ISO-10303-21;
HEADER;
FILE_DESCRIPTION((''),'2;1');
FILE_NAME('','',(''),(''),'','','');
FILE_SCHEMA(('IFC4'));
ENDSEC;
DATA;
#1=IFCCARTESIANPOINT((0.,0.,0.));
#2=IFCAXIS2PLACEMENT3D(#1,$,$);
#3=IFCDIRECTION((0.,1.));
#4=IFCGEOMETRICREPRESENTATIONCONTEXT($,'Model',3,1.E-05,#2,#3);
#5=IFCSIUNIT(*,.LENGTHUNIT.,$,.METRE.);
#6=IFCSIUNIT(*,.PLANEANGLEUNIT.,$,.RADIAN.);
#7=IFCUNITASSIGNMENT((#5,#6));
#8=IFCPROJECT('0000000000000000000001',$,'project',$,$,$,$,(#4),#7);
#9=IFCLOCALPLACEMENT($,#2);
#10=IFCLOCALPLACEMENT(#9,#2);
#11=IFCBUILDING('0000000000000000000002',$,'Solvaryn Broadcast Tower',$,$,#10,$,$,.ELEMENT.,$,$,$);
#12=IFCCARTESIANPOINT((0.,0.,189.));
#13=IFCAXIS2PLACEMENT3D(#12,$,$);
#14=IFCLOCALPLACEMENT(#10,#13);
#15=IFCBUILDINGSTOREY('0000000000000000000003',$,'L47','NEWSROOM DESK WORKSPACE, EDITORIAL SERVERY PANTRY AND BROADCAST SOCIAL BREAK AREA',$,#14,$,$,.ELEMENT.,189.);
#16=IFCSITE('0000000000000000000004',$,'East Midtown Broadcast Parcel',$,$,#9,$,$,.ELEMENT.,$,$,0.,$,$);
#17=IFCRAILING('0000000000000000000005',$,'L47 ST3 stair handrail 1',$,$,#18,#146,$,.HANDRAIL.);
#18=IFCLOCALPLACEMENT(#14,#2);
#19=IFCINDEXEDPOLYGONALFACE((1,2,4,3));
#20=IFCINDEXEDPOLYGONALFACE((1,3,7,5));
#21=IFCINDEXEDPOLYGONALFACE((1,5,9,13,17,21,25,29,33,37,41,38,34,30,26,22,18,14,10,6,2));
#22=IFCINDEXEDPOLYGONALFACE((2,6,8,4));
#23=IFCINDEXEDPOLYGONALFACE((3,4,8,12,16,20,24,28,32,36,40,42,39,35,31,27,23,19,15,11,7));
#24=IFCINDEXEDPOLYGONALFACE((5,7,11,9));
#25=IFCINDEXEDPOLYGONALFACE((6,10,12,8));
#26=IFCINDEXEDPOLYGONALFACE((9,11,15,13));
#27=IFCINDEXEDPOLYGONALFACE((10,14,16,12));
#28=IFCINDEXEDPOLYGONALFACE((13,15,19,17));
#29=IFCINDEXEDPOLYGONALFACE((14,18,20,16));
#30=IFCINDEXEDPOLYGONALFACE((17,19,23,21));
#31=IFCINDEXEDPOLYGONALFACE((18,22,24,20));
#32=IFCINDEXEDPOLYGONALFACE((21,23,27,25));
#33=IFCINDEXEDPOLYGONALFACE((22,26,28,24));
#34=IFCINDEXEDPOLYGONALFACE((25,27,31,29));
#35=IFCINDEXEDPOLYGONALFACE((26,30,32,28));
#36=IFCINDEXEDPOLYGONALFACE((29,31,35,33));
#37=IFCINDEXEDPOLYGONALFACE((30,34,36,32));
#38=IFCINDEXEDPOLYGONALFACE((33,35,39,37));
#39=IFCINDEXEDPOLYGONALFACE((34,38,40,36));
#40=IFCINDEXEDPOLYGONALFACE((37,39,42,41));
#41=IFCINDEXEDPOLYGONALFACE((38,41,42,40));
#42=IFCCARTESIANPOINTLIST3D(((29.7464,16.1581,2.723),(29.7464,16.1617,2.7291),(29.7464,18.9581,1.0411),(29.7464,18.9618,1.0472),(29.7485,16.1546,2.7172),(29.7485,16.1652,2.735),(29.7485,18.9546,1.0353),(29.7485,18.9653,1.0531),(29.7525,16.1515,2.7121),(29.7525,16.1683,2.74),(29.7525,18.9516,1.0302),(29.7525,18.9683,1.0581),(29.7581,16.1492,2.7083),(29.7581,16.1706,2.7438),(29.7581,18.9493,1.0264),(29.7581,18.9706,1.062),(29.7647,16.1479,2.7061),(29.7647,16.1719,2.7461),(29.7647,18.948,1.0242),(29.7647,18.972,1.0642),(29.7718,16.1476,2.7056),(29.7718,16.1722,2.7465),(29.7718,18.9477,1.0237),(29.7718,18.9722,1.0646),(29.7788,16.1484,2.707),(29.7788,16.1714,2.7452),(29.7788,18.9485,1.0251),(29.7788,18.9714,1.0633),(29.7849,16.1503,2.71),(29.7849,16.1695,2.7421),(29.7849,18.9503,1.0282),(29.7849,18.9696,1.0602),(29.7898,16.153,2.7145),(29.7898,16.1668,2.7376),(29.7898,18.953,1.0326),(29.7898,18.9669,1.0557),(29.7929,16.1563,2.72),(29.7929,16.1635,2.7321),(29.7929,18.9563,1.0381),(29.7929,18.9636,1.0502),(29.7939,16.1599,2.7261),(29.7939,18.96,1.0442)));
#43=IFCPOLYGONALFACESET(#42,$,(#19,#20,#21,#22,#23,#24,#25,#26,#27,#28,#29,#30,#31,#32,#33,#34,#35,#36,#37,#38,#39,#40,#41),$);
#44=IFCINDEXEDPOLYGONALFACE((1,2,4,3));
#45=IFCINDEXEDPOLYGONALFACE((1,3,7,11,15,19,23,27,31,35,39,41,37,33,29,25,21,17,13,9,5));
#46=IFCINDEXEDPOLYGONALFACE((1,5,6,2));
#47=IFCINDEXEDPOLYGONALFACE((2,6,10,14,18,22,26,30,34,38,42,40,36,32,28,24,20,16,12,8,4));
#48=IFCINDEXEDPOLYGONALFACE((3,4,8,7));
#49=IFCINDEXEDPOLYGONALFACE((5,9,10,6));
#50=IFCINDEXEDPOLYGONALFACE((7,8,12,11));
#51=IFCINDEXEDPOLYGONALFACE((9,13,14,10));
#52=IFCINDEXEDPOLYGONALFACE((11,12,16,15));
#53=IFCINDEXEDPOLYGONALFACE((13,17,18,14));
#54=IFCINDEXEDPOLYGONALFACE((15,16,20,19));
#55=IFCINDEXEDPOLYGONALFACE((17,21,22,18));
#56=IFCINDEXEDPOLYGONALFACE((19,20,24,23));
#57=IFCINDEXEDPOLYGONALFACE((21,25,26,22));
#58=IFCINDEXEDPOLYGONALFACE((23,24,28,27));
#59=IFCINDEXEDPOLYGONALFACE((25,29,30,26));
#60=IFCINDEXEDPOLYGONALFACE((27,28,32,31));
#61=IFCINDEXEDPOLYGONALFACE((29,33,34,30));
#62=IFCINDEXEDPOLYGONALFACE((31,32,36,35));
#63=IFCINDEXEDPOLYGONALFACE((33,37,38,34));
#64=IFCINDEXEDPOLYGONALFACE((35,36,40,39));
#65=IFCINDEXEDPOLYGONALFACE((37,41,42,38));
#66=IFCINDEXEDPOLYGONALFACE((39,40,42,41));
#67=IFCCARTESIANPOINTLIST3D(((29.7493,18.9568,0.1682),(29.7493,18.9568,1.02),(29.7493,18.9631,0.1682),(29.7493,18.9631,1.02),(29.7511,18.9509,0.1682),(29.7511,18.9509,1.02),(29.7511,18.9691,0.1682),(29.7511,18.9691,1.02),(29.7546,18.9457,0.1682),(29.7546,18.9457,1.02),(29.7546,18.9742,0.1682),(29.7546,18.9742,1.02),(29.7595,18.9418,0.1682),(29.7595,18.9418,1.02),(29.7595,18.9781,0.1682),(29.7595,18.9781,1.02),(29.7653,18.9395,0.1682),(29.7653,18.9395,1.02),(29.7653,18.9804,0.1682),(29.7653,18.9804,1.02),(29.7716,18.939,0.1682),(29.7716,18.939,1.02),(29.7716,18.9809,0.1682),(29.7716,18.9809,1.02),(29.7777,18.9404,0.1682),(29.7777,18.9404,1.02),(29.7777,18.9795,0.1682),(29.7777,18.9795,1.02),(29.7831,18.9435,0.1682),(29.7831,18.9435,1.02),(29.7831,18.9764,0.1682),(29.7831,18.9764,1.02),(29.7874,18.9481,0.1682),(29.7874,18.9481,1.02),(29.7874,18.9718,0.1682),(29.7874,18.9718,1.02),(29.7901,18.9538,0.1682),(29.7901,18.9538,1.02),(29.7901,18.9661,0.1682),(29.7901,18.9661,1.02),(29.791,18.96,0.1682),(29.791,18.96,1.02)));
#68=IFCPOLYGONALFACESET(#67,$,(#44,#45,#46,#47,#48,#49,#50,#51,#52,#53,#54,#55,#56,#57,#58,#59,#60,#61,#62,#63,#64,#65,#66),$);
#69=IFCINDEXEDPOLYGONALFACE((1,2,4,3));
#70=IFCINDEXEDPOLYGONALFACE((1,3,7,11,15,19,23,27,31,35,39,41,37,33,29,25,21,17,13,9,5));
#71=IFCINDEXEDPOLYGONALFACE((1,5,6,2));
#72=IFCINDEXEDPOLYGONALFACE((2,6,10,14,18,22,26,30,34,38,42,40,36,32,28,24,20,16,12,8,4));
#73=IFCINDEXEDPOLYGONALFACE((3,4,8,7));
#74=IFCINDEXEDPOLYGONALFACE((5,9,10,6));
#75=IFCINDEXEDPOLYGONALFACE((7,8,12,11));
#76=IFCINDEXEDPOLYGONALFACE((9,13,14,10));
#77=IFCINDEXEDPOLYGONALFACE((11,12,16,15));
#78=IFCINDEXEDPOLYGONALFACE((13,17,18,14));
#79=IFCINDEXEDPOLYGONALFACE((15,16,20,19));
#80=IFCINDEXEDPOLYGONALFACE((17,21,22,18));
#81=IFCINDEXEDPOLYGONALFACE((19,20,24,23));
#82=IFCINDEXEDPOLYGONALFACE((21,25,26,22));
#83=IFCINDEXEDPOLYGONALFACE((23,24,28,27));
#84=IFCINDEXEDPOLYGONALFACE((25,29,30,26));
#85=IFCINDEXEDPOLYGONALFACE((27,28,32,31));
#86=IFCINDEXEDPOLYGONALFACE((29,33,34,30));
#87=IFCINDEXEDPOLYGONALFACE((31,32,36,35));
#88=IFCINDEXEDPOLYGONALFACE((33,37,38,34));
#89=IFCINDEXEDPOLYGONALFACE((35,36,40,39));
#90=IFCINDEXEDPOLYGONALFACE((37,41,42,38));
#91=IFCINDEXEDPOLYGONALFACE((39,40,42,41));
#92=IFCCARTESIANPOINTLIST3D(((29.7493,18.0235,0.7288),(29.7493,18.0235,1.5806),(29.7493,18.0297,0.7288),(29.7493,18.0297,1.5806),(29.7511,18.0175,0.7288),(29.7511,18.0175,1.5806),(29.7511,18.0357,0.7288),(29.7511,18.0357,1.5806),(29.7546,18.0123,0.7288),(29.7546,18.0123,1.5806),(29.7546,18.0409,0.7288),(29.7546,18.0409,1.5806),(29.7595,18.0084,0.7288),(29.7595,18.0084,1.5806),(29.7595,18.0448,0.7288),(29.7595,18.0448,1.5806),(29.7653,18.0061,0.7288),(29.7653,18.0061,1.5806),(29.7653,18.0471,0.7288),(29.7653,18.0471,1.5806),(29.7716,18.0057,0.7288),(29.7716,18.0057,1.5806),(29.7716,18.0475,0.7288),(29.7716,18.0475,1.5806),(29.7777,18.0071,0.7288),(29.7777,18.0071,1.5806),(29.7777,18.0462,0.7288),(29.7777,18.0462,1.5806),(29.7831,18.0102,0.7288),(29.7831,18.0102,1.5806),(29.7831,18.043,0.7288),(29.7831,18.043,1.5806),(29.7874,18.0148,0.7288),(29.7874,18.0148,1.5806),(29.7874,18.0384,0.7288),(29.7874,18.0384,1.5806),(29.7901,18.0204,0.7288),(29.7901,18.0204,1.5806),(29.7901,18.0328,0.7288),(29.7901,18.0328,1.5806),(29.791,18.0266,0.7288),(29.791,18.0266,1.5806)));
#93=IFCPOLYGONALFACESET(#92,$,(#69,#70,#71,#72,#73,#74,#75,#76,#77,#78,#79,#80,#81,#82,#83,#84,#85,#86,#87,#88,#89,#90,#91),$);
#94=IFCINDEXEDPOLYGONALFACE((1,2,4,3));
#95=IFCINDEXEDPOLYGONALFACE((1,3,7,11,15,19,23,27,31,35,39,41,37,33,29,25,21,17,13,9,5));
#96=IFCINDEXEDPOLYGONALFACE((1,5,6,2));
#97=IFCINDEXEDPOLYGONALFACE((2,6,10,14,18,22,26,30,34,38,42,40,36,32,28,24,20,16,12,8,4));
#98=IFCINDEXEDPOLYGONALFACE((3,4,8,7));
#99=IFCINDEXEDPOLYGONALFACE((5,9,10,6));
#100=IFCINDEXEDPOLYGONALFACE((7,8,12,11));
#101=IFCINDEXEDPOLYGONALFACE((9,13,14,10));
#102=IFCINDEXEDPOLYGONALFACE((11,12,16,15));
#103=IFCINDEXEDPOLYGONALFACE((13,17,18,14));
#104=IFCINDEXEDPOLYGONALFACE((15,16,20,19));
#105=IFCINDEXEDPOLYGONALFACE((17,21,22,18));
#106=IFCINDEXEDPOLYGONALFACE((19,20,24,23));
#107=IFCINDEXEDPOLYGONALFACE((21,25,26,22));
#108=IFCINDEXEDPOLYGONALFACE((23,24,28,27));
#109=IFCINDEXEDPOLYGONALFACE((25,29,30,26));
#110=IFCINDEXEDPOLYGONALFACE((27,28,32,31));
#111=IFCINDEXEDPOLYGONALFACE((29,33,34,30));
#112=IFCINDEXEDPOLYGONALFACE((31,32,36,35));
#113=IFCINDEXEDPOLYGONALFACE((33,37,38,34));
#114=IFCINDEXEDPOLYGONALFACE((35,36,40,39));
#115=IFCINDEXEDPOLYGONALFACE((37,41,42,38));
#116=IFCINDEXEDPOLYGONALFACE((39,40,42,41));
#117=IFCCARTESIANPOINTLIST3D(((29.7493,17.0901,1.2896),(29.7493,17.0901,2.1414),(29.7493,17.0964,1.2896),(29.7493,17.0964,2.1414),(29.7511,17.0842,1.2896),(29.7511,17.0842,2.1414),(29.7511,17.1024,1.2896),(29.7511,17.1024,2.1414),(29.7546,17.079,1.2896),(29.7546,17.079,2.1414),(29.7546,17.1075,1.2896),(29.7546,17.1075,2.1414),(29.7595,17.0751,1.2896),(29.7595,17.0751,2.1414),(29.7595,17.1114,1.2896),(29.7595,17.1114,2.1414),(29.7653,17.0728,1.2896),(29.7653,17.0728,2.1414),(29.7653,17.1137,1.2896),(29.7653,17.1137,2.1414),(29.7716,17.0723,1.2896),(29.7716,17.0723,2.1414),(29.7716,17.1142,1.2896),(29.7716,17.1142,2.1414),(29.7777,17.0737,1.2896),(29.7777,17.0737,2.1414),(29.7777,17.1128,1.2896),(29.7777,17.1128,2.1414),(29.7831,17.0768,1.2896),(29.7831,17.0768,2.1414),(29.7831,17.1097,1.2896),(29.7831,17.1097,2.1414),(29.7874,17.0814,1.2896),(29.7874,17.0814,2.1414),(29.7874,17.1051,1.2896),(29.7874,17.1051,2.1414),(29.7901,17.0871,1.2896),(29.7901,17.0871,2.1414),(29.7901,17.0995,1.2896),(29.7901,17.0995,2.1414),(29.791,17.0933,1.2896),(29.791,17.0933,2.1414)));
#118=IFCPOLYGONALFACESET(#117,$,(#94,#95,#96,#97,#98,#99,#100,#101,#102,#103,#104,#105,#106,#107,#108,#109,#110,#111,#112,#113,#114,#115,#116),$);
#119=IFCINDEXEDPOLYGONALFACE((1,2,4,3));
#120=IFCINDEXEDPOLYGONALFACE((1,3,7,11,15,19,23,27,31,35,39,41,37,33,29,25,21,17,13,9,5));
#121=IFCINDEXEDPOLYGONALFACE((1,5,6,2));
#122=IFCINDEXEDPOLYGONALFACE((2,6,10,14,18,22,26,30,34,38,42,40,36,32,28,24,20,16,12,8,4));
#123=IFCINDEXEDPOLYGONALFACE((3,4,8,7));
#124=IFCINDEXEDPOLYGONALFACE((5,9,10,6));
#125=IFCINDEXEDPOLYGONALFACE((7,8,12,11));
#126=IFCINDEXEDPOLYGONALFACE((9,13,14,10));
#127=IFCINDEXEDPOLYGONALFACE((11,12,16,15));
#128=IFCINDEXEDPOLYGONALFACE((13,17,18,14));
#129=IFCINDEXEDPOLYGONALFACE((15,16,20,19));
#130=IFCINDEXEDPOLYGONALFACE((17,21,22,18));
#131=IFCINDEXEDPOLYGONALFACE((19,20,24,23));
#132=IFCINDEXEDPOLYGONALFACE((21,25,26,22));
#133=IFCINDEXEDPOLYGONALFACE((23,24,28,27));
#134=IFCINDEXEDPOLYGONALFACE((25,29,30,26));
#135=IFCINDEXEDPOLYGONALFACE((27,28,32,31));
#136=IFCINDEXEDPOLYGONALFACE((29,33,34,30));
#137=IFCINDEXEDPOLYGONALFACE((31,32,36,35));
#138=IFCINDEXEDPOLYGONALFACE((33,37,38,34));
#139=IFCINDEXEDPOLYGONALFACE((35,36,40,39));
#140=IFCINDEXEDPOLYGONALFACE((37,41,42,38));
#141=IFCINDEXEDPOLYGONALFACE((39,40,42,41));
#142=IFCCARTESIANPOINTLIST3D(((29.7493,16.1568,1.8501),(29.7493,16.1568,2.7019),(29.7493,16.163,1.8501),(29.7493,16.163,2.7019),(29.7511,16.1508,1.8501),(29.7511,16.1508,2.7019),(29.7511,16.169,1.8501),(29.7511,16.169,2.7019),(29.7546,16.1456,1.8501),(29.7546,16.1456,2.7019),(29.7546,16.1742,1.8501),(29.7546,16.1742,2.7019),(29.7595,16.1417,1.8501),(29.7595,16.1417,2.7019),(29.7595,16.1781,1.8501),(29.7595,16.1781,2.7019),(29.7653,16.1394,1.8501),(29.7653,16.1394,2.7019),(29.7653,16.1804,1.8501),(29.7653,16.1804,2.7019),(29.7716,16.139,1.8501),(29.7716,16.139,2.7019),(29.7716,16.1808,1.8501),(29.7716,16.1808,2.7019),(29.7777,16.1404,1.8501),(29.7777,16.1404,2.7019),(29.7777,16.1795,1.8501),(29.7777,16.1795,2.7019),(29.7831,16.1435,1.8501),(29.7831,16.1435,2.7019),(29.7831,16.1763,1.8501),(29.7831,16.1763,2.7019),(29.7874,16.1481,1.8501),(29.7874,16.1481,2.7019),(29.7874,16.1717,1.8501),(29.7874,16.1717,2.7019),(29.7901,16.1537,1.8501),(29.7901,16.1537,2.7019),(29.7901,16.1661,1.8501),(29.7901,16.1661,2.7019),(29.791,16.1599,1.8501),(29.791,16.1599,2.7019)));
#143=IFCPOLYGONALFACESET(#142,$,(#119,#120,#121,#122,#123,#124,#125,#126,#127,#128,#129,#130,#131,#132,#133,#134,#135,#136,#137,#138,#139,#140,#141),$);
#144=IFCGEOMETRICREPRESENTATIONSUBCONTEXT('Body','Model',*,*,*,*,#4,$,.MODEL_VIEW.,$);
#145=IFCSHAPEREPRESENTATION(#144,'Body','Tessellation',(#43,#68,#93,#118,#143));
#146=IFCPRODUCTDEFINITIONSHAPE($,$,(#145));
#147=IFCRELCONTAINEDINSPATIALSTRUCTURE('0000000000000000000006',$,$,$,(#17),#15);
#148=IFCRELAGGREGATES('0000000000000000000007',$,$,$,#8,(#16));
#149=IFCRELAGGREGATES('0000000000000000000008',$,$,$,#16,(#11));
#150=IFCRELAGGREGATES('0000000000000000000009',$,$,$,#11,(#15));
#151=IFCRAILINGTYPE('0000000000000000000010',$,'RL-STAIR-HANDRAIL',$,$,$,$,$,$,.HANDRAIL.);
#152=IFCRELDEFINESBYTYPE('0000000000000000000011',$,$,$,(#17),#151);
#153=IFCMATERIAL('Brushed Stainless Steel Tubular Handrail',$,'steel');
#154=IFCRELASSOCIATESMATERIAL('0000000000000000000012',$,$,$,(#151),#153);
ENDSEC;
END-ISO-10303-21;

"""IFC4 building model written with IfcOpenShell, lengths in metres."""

from ifc_helpers import new_model, si_unit, direction, frame, origin, origin_2d, place, context, subcontext, project, spatial, circle, extrude, material, type_object, element, save


model = new_model("IFC4")

# Units and contexts
model_context = context("Model", 3, precision=1e-05, world=origin(), true_north=direction((0.0, 1.0)))
body_context = subcontext(model_context, "Body", "Model", "MODEL_VIEW")
ifc_project = project(units=[si_unit("LENGTHUNIT", "METRE"), si_unit("PLANEANGLEUNIT", "RADIAN")], contexts=[model_context])

# Site, building, storey
site_placement = place(None, origin())
site = spatial("IfcSite", under=ifc_project, at=site_placement, Name="East Midtown Broadcast Parcel", CompositionType="ELEMENT", RefElevation=0.0)
building_placement = place(site_placement, origin())
building = spatial("IfcBuilding", under=site, at=building_placement, Name="Solvaryn Broadcast Tower", CompositionType="ELEMENT")
storey_placement = place(building_placement, frame((0.0, 0.0, 189.0)))
storey = spatial("IfcBuildingStorey", under=building, at=storey_placement, Name="L47", Description="NEWSROOM DESK WORKSPACE, EDITORIAL SERVERY PANTRY AND BROADCAST SOCIAL BREAK AREA", CompositionType="ELEMENT", Elevation=189.0)

# Railing
ifc_material_1 = material(Name="Brushed Stainless Steel Tubular Handrail", Category="steel")
railing_type_1 = type_object("IfcRailingType", Name="RL-STAIR-HANDRAIL", PredefinedType="HANDRAIL", material=ifc_material_1)
railing_1_placement = place(storey_placement, frame((29.77, 18.96, 0.1682)))
element("IfcRailing", 1, at=railing_1_placement, inside=storey, type_object=railing_type_1, Name="L47 ST3 stair handrail 1", PredefinedType="HANDRAIL", context=body_context, shape_type="SweptSolid", body=[
    extrude(circle(Radius=0.0239, at=origin_2d()), frame((0.0, 0.0, 0.876), z_axis=(0.0, -0.857242, 0.514913), x_axis=(1.0, 0.0, 0.0)), (0.0, 0.0, 1.0), 3.2664),
    extrude(circle(Radius=0.021, at=origin_2d()), origin(), (0.0, 0.0, 1.0), 0.8518),
    extrude(circle(Radius=0.021, at=origin_2d()), frame((0.0, -0.9333, 0.5605)), (0.0, 0.0, 1.0), 0.8518),
    extrude(circle(Radius=0.021, at=origin_2d()), frame((0.0, -1.8667, 1.1213)), (0.0, 0.0, 1.0), 0.8518),
    extrude(circle(Radius=0.021, at=origin_2d()), frame((0.0, -2.8, 1.6819)), (0.0, 0.0, 1.0), 0.8518),
])

save(model, "model.ifc")
